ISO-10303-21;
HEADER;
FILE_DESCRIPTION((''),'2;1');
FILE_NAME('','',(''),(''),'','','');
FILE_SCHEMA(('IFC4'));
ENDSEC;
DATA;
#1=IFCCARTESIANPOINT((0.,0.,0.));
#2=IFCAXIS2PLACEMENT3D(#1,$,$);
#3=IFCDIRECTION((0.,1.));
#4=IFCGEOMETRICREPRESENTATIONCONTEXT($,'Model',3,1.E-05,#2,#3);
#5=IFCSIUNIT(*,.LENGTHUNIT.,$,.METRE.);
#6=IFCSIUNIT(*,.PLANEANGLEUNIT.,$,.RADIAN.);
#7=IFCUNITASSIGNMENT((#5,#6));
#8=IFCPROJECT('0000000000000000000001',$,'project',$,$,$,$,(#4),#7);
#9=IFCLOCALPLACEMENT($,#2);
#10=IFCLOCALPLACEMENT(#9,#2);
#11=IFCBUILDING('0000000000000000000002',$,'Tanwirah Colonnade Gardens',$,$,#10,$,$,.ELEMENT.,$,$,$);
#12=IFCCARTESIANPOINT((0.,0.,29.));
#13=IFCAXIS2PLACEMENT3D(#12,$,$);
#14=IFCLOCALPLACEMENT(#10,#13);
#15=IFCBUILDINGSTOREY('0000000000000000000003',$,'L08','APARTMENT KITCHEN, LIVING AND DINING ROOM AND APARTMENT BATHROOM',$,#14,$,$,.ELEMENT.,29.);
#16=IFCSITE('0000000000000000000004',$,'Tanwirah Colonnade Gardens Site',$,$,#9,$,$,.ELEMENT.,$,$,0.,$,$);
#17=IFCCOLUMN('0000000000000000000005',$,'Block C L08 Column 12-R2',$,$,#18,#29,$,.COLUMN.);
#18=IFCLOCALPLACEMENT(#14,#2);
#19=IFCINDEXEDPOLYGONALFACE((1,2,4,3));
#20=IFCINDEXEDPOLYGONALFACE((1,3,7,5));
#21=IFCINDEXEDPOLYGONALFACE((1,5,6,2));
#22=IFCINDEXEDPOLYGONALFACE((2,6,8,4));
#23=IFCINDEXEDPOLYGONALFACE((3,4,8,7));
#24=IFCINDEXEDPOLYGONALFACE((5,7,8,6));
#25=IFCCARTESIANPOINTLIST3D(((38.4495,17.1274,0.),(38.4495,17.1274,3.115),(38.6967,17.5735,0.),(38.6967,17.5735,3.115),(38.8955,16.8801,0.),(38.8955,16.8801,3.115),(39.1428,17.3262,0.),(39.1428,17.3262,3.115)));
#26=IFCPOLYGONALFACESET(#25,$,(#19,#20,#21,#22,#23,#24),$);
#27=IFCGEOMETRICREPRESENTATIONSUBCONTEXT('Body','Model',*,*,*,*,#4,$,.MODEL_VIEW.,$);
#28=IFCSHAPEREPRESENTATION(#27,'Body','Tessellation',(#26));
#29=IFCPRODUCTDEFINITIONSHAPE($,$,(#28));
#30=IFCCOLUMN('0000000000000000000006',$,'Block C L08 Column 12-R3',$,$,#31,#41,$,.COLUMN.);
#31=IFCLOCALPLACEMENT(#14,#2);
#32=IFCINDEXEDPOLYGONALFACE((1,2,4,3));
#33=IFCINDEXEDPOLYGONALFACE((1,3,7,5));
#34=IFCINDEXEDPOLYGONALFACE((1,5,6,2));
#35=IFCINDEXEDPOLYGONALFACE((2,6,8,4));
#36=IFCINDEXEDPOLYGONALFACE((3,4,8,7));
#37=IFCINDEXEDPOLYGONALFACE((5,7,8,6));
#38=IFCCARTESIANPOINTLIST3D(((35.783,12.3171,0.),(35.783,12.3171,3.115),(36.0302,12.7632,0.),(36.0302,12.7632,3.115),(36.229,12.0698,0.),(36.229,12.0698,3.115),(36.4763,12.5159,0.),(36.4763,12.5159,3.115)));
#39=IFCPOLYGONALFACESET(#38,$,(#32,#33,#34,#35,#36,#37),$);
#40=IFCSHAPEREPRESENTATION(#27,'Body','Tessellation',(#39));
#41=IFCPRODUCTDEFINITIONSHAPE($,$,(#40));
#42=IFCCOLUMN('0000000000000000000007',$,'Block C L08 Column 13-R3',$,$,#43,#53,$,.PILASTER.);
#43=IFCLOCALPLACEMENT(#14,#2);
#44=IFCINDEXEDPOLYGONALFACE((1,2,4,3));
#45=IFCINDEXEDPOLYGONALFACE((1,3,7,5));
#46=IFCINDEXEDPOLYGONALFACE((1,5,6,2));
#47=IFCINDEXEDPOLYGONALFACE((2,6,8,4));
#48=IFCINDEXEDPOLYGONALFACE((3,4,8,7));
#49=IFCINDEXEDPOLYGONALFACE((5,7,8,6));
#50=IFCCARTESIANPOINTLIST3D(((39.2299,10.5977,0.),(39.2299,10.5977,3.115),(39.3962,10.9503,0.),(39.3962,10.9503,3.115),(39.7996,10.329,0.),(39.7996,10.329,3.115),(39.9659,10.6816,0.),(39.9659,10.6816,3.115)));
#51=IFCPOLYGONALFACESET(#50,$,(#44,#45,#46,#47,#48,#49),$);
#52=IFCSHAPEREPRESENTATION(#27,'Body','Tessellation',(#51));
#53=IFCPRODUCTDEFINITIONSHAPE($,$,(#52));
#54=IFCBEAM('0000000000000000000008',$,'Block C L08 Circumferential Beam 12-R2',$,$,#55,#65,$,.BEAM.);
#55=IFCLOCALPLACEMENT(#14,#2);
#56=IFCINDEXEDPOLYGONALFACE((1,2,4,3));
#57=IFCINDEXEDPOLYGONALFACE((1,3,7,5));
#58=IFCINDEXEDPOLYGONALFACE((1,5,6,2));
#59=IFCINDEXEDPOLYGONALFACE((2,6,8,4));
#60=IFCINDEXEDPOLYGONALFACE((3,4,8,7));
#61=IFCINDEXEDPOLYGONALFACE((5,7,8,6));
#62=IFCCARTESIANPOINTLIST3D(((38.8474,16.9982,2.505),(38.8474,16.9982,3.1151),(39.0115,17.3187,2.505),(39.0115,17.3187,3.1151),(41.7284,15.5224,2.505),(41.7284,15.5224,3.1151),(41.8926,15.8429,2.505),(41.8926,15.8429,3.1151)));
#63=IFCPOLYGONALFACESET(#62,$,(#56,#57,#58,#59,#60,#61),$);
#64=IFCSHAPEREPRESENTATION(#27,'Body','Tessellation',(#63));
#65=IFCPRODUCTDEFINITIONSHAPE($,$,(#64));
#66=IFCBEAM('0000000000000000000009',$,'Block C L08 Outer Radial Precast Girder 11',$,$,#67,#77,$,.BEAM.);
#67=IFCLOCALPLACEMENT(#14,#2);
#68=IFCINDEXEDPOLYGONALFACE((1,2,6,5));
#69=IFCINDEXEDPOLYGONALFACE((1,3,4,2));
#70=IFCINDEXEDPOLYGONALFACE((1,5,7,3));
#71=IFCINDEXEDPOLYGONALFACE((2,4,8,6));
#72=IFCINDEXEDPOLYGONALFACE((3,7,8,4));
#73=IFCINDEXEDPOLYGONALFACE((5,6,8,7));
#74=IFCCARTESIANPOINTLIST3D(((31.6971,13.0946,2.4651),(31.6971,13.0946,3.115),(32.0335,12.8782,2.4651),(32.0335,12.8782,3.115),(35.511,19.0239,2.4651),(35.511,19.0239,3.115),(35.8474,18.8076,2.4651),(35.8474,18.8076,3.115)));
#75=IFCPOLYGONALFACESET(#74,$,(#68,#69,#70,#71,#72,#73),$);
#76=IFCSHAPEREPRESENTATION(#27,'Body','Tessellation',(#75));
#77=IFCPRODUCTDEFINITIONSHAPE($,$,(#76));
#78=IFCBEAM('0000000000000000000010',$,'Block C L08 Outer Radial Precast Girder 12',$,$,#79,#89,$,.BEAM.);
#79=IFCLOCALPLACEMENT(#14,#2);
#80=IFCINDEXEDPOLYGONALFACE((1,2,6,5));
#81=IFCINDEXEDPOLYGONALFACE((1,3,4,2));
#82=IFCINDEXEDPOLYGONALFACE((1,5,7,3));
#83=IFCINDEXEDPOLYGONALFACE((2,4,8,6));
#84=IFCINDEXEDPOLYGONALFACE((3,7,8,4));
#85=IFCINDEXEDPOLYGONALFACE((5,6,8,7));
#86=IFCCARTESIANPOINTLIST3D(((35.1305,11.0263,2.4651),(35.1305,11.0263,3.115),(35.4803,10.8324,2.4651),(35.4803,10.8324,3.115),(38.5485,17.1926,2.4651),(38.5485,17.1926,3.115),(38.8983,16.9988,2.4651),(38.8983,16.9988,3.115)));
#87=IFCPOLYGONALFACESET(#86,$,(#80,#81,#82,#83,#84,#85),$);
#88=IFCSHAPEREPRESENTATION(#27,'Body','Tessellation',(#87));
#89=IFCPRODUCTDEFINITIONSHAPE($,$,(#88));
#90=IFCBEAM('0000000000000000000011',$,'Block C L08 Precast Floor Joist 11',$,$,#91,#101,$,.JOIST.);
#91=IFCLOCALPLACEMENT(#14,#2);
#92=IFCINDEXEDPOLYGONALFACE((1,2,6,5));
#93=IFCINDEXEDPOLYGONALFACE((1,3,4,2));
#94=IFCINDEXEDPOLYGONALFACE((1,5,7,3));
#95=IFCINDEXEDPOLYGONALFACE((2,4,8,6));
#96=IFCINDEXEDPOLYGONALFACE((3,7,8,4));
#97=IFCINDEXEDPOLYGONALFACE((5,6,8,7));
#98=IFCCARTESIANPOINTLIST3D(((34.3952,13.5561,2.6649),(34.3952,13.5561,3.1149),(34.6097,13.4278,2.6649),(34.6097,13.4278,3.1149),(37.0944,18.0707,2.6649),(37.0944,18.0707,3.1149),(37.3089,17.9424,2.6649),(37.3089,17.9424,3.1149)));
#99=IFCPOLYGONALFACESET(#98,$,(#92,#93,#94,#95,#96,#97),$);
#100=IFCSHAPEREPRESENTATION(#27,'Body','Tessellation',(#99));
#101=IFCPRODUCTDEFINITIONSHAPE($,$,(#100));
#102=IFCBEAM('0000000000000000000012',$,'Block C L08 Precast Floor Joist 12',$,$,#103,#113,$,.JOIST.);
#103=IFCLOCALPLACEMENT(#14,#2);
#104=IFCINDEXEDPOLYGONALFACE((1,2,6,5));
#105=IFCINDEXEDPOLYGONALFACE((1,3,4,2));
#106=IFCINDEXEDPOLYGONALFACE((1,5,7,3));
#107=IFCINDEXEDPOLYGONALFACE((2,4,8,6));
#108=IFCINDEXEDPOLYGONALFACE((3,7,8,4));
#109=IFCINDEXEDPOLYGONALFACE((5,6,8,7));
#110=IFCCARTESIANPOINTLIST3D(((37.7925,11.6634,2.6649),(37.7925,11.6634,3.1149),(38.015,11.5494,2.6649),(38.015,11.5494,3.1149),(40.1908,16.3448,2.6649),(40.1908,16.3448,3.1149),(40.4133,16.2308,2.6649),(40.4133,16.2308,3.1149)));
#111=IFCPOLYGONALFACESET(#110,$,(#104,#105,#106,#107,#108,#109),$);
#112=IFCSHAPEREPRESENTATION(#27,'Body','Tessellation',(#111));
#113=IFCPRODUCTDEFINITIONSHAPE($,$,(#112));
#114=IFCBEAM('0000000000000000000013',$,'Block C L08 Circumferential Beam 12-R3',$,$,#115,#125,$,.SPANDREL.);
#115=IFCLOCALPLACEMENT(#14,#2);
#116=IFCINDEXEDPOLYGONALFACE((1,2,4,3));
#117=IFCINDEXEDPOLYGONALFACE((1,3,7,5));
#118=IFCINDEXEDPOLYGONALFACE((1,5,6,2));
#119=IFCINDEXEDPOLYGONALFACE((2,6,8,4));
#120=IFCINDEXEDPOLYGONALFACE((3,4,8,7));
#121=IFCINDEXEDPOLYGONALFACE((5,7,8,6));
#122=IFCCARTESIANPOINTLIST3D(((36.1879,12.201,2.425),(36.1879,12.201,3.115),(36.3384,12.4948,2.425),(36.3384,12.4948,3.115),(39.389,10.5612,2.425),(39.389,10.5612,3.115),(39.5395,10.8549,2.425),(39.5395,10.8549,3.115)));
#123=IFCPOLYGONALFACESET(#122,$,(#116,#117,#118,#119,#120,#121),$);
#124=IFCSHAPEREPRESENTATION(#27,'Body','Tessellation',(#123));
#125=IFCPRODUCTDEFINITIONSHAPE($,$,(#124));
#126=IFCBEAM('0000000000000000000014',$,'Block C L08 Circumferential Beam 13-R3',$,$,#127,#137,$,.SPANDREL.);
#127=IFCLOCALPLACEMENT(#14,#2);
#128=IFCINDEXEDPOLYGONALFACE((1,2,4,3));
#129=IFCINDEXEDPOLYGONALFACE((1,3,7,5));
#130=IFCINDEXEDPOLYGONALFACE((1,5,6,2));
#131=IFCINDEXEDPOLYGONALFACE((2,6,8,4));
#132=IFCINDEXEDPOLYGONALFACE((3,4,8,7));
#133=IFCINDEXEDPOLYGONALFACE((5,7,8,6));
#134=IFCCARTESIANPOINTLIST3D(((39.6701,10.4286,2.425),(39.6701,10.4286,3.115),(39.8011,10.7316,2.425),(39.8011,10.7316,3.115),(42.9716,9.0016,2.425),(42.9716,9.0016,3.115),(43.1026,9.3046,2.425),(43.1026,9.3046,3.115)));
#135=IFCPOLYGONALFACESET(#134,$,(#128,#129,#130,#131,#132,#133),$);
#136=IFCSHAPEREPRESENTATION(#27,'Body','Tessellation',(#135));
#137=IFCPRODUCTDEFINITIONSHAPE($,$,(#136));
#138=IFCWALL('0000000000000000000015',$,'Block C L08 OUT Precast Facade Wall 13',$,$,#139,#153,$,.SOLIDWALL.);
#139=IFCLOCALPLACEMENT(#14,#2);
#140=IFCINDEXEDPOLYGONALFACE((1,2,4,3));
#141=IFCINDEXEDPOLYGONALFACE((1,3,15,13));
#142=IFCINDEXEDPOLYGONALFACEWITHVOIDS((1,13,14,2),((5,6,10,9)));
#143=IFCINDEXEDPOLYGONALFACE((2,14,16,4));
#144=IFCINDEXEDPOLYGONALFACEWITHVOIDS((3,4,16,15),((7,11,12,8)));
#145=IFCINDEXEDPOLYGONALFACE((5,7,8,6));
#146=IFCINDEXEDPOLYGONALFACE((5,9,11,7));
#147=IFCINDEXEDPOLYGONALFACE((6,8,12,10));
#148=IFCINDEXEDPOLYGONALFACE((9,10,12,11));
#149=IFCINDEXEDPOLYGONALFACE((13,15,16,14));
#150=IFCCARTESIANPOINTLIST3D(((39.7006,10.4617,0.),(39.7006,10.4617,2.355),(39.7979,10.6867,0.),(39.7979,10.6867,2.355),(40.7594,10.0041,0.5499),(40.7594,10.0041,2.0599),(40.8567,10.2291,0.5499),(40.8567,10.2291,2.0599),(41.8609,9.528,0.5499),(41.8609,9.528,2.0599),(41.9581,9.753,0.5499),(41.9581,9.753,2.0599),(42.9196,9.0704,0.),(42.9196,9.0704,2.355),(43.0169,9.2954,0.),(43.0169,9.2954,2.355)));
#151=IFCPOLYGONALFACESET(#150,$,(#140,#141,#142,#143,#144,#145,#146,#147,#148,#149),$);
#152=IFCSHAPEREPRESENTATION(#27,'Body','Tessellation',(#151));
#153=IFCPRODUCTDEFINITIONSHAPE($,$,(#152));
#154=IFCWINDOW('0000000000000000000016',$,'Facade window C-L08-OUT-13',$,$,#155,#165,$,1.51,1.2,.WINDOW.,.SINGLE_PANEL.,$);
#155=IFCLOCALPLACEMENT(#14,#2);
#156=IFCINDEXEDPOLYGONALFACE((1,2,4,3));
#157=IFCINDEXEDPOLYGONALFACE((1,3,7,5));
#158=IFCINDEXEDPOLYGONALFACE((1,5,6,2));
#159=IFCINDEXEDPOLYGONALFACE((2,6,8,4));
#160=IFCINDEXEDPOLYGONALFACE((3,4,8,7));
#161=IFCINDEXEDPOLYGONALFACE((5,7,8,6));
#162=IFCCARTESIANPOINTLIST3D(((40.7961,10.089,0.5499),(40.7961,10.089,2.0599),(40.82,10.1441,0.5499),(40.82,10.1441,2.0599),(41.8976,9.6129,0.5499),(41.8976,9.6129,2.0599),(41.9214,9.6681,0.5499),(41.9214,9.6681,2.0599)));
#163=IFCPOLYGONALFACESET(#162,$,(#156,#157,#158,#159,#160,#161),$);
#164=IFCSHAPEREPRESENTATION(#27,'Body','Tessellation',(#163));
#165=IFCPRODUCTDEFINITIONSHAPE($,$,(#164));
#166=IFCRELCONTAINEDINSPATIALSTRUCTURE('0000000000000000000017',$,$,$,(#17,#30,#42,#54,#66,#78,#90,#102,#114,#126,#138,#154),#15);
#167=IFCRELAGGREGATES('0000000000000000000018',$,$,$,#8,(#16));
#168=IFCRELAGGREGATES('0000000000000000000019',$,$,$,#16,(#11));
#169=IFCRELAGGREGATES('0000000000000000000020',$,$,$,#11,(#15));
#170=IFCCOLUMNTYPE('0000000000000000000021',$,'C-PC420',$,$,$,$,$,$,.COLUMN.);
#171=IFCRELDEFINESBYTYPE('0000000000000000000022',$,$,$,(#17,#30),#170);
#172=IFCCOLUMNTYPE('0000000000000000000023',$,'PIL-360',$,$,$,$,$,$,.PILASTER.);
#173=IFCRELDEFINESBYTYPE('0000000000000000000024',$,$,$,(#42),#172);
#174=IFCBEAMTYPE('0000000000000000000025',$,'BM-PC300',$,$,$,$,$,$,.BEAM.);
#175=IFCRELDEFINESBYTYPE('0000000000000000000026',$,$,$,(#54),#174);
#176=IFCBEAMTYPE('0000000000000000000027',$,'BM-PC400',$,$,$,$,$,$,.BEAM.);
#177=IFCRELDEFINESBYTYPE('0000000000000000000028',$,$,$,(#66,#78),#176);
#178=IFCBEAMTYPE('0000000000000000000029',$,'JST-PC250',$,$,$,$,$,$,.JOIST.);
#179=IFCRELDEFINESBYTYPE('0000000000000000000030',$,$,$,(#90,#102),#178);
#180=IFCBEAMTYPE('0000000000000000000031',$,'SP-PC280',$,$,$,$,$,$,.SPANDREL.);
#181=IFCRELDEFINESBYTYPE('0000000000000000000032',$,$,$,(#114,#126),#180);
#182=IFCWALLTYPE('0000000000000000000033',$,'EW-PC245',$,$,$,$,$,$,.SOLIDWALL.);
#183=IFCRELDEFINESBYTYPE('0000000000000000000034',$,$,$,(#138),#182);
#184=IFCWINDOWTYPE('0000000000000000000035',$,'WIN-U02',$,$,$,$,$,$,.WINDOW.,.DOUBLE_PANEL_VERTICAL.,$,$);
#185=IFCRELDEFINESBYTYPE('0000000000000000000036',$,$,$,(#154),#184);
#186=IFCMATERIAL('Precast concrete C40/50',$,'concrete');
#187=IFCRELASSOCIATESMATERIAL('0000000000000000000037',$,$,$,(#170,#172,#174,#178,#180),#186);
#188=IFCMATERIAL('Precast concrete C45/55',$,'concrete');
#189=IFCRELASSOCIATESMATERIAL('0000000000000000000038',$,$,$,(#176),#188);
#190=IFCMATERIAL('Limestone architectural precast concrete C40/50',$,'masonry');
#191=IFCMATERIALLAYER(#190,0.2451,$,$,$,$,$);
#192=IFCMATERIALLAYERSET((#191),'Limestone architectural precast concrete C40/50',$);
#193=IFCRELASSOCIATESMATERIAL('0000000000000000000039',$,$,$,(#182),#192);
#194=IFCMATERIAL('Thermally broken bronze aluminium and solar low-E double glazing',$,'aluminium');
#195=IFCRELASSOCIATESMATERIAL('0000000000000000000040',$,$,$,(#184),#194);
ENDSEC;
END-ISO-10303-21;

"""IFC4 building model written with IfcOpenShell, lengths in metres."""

from ifc_helpers import new_model, si_unit, direction, frame, frame_2d, origin, origin_2d, place, context, subcontext, project, spatial, rectangle, extrude, material, layer, layer_set, material_profile, profile_set, type_object, element, fill, save


model = new_model("IFC4")

# Units and contexts
model_context = context("Model", 3, precision=1e-05, world=origin(), true_north=direction((0.0, 1.0)))
body_context = subcontext(model_context, "Body", "Model", "MODEL_VIEW")
ifc_project = project(units=[si_unit("LENGTHUNIT", "METRE"), si_unit("PLANEANGLEUNIT", "RADIAN")], contexts=[model_context])

# Site, building, storey
site_placement = place(None, origin())
site = spatial("IfcSite", under=ifc_project, at=site_placement, Name="Tanwirah Colonnade Gardens Site", CompositionType="ELEMENT", RefElevation=0.0)
building_placement = place(site_placement, origin())
building = spatial("IfcBuilding", under=site, at=building_placement, Name="Tanwirah Colonnade Gardens", CompositionType="ELEMENT")
storey_placement = place(building_placement, frame((0.0, 0.0, 29.0)))
storey = spatial("IfcBuildingStorey", under=building, at=storey_placement, Name="L08", Description="APARTMENT KITCHEN, LIVING AND DINING ROOM AND APARTMENT BATHROOM", CompositionType="ELEMENT", Elevation=29.0)

# Columns
ifc_material_1 = material(Name="Precast concrete C40/50", Category="concrete")
ifc_material_profile_1 = material_profile(ifc_material_1, rectangle(XDim=0.51, YDim=0.51, at=origin_2d()), Name="PC-COL 510x510")
ifc_profile_set_1 = profile_set([ifc_material_profile_1], Name="Precast concrete C40/50")
column_type_1 = type_object("IfcColumnType", Name="C-PC420", PredefinedType="COLUMN", material=ifc_profile_set_1)
for number, where, z_axis, x_axis, name in (
    (1, (38.7961, 17.2268, 0.0), (0.0, 0.0, 1.0), (-0.48481, -0.87462, 0.0), "Block C L08 Column 12-R2"),
    (2, (36.1296, 12.4165, 0.0), (0.0, 0.0, 1.0), (-0.48481, -0.87462, 0.0), "Block C L08 Column 12-R3"),
):
    element("IfcColumn", number, at=place(storey_placement, frame(where, z_axis=z_axis, x_axis=x_axis)), inside=storey, type_object=column_type_1, Name=name, PredefinedType="COLUMN", context=body_context, shape_type="SweptSolid", body=[
        extrude(rectangle(XDim=0.51, YDim=0.51, at=origin_2d()), origin(), (0.0, 0.0, 1.0), 3.115),
    ])
ifc_material_profile_2 = material_profile(ifc_material_1, rectangle(XDim=0.3899, YDim=0.6299, at=origin_2d()), Name="PC-PIL 390x630")
ifc_profile_set_2 = profile_set([ifc_material_profile_2], Name="Precast concrete C40/50")
column_type_2 = type_object("IfcColumnType", Name="PIL-360", PredefinedType="PILASTER", material=ifc_profile_set_2)
column_placement = place(storey_placement, frame((39.5979, 10.6396, 0.0), z_axis=(0.0, 0.0, 1.0), x_axis=(-0.426569, -0.904455, 0.0)))
element("IfcColumn", 3, at=column_placement, inside=storey, type_object=column_type_2, Name="Block C L08 Column 13-R3", PredefinedType="PILASTER", context=body_context, shape_type="SweptSolid", body=[
    extrude(rectangle(XDim=0.3899, YDim=0.6299, at=origin_2d()), origin(), (0.0, 0.0, 1.0), 3.115),
])

# Beams
ifc_material_profile_3 = material_profile(ifc_material_1, rectangle(XDim=0.3601, YDim=0.6101, at=origin_2d()), Name="PC-BM 360x610")
ifc_profile_set_3 = profile_set([ifc_material_profile_3], Name="Precast concrete C40/50")
beam_type_1 = type_object("IfcBeamType", Name="BM-PC300", PredefinedType="BEAM", material=ifc_profile_set_3)
beam_1_placement = place(storey_placement, frame((38.9294, 17.1584, 2.8101), z_axis=(0.890025, -0.455911, 0.0), x_axis=(0.455911, 0.890025, 0.0)))
element("IfcBeam", 4, at=beam_1_placement, inside=storey, type_object=beam_type_1, Name="Block C L08 Circumferential Beam 12-R2", PredefinedType="BEAM", context=body_context, shape_type="SweptSolid", body=[
    extrude(rectangle(XDim=0.3601, YDim=0.6101, at=origin_2d()), origin(), (0.0, 0.0, 1.0), 3.2371),
])
ifc_material_2 = material(Name="Precast concrete C45/55", Category="concrete")
ifc_material_profile_4 = material_profile(ifc_material_2, rectangle(XDim=0.3999, YDim=0.6499, at=origin_2d()), Name="PC-BM 400x650")
ifc_profile_set_4 = profile_set([ifc_material_profile_4], Name="Precast concrete C45/55")
beam_type_2 = type_object("IfcBeamType", Name="BM-PC400", PredefinedType="BEAM", material=ifc_profile_set_4)
beam_2_placement = place(storey_placement, frame((35.6792, 18.9158, 2.79), z_axis=(-0.540976, -0.841038, 0.0), x_axis=(0.841038, -0.540976, 0.0)))
element("IfcBeam", 5, at=beam_2_placement, inside=storey, type_object=beam_type_2, Name="Block C L08 Outer Radial Precast Girder 11", PredefinedType="BEAM", context=body_context, shape_type="SweptSolid", body=[
    extrude(rectangle(XDim=0.3999, YDim=0.6499, at=origin_2d()), origin(), (0.0, 0.0, 1.0), 7.05),
])
beam_3_placement = place(storey_placement, frame((38.7234, 17.0957, 2.79), z_axis=(-0.484805, -0.874622, 0.0), x_axis=(0.874622, -0.484805, 0.0)))
element("IfcBeam", 6, at=beam_3_placement, inside=storey, type_object=beam_type_2, Name="Block C L08 Outer Radial Precast Girder 12", PredefinedType="BEAM", context=body_context, shape_type="SweptSolid", body=[
    extrude(rectangle(XDim=0.3999, YDim=0.6499, at=origin_2d()), origin(), (0.0, 0.0, 1.0), 7.0503),
])
ifc_material_profile_5 = material_profile(ifc_material_1, rectangle(XDim=0.25, YDim=0.45, at=origin_2d()), Name="PC-JST 250x450")
ifc_profile_set_5 = profile_set([ifc_material_profile_5], Name="Precast concrete C40/50")
beam_type_3 = type_object("IfcBeamType", Name="JST-PC250", PredefinedType="JOIST", material=ifc_profile_set_5)
for number, where, z_axis, x_axis, name in (
    (7, (37.2017, 18.0066, 2.8899), (-0.513157, -0.858295, 0.0), (0.858295, -0.513157, 0.0), "Block C L08 Precast Floor Joist 11"),
    (8, (40.302, 16.2878, 2.8899), (-0.455937, -0.890012, 0.0), (0.890012, -0.455937, 0.0), "Block C L08 Precast Floor Joist 12"),
):
    element("IfcBeam", number, at=place(storey_placement, frame(where, z_axis=z_axis, x_axis=x_axis)), inside=storey, type_object=beam_type_3, Name=name, PredefinedType="JOIST", context=body_context, shape_type="SweptSolid", body=[
        extrude(rectangle(XDim=0.25, YDim=0.45, at=origin_2d()), origin(), (0.0, 0.0, 1.0), 5.26),
    ])
ifc_material_profile_6 = material_profile(ifc_material_1, rectangle(XDim=0.3301, YDim=0.6899, at=origin_2d()), Name="PC-SP 330x690")
ifc_profile_set_6 = profile_set([ifc_material_profile_6], Name="Precast concrete C40/50")
beam_type_4 = type_object("IfcBeamType", Name="SP-PC280", PredefinedType="SPANDREL", material=ifc_profile_set_6)
for number, where, z_axis, x_axis, name in (
    (9, (36.2632, 12.3479, 2.77), (0.890013, -0.455935, 0.0), (0.455935, 0.890013, 0.0), "Block C L08 Circumferential Beam 12-R3"),
    (10, (39.7356, 10.5801, 2.77), (0.917926, -0.396752, 0.0), (0.396752, 0.917926, 0.0), "Block C L08 Circumferential Beam 13-R3"),
):
    element("IfcBeam", number, at=place(storey_placement, frame(where, z_axis=z_axis, x_axis=x_axis)), inside=storey, type_object=beam_type_4, Name=name, PredefinedType="SPANDREL", context=body_context, shape_type="SweptSolid", body=[
        extrude(rectangle(XDim=0.3301, YDim=0.6899, at=origin_2d()), origin(), (0.0, 0.0, 1.0), 3.5967),
    ])

# Shared definitions
ifc_material_3 = material(Name="Limestone architectural precast concrete C40/50", Category="masonry")
ifc_layer_1 = layer(ifc_material_3, 0.2451)
ifc_layer_set_1 = layer_set([ifc_layer_1], Name="Limestone architectural precast concrete C40/50")
wall_type_1 = type_object("IfcWallType", Name="EW-PC245", PredefinedType="SOLIDWALL", material=ifc_layer_set_1)

# Wall, opening, window
wall_1_placement = place(storey_placement, frame((39.7493, 10.5742, 0.0), z_axis=(0.0, 0.0, 1.0), x_axis=(0.917924, -0.396757, 0.0)))
wall_1 = element("IfcWall", 11, at=wall_1_placement, inside=storey, type_object=wall_type_1, Name="Block C L08 OUT Precast Facade Wall 13", PredefinedType="SOLIDWALL", context=body_context, shape_type="SweptSolid", body=[
    extrude(rectangle(XDim=3.5068, YDim=0.2451, at=frame_2d((1.7534, 0.0))), origin(), (0.0, 0.0, 1.0), 2.355),
])
opening_1_placement = place(wall_1_placement, frame((1.1533, 0.0, 0.55)))
opening_1 = element("IfcOpeningElement", 12, at=opening_1_placement, cuts=wall_1, PredefinedType="OPENING", context=body_context, shape_type="SweptSolid", body=[
    extrude(rectangle(XDim=1.2, YDim=1.51, at=frame_2d((0.6001, 0.7549))), frame((0.0, 0.1326, 0.0), z_axis=(0.0, -1.0, 0.0), x_axis=(1.0, 0.0, 0.0)), (0.0, 0.0, 1.0), 0.2651),
])
ifc_material_4 = material(Name="Thermally broken bronze aluminium and solar low-E double glazing", Category="aluminium")
window_type = type_object("IfcWindowType", Name="WIN-U02", PartitioningType="DOUBLE_PANEL_VERTICAL", PredefinedType="WINDOW", material=ifc_material_4)
window_placement = place(opening_1_placement, origin())
window = element("IfcWindow", 13, at=window_placement, inside=storey, type_object=window_type, Name="Facade window C-L08-OUT-13", OverallHeight=1.51, OverallWidth=1.2, PartitioningType="SINGLE_PANEL", PredefinedType="WINDOW", context=body_context, shape_type="SweptSolid", body=[
    extrude(rectangle(XDim=1.2, YDim=1.51, at=frame_2d((0.6001, 0.7549))), frame((0.0, 0.03, 0.0), z_axis=(0.0, -1.0, 0.0), x_axis=(1.0, 0.0, 0.0)), (0.0, 0.0, 1.0), 0.0601),
])
fill(opening_1, window)

save(model, "model.ifc")
